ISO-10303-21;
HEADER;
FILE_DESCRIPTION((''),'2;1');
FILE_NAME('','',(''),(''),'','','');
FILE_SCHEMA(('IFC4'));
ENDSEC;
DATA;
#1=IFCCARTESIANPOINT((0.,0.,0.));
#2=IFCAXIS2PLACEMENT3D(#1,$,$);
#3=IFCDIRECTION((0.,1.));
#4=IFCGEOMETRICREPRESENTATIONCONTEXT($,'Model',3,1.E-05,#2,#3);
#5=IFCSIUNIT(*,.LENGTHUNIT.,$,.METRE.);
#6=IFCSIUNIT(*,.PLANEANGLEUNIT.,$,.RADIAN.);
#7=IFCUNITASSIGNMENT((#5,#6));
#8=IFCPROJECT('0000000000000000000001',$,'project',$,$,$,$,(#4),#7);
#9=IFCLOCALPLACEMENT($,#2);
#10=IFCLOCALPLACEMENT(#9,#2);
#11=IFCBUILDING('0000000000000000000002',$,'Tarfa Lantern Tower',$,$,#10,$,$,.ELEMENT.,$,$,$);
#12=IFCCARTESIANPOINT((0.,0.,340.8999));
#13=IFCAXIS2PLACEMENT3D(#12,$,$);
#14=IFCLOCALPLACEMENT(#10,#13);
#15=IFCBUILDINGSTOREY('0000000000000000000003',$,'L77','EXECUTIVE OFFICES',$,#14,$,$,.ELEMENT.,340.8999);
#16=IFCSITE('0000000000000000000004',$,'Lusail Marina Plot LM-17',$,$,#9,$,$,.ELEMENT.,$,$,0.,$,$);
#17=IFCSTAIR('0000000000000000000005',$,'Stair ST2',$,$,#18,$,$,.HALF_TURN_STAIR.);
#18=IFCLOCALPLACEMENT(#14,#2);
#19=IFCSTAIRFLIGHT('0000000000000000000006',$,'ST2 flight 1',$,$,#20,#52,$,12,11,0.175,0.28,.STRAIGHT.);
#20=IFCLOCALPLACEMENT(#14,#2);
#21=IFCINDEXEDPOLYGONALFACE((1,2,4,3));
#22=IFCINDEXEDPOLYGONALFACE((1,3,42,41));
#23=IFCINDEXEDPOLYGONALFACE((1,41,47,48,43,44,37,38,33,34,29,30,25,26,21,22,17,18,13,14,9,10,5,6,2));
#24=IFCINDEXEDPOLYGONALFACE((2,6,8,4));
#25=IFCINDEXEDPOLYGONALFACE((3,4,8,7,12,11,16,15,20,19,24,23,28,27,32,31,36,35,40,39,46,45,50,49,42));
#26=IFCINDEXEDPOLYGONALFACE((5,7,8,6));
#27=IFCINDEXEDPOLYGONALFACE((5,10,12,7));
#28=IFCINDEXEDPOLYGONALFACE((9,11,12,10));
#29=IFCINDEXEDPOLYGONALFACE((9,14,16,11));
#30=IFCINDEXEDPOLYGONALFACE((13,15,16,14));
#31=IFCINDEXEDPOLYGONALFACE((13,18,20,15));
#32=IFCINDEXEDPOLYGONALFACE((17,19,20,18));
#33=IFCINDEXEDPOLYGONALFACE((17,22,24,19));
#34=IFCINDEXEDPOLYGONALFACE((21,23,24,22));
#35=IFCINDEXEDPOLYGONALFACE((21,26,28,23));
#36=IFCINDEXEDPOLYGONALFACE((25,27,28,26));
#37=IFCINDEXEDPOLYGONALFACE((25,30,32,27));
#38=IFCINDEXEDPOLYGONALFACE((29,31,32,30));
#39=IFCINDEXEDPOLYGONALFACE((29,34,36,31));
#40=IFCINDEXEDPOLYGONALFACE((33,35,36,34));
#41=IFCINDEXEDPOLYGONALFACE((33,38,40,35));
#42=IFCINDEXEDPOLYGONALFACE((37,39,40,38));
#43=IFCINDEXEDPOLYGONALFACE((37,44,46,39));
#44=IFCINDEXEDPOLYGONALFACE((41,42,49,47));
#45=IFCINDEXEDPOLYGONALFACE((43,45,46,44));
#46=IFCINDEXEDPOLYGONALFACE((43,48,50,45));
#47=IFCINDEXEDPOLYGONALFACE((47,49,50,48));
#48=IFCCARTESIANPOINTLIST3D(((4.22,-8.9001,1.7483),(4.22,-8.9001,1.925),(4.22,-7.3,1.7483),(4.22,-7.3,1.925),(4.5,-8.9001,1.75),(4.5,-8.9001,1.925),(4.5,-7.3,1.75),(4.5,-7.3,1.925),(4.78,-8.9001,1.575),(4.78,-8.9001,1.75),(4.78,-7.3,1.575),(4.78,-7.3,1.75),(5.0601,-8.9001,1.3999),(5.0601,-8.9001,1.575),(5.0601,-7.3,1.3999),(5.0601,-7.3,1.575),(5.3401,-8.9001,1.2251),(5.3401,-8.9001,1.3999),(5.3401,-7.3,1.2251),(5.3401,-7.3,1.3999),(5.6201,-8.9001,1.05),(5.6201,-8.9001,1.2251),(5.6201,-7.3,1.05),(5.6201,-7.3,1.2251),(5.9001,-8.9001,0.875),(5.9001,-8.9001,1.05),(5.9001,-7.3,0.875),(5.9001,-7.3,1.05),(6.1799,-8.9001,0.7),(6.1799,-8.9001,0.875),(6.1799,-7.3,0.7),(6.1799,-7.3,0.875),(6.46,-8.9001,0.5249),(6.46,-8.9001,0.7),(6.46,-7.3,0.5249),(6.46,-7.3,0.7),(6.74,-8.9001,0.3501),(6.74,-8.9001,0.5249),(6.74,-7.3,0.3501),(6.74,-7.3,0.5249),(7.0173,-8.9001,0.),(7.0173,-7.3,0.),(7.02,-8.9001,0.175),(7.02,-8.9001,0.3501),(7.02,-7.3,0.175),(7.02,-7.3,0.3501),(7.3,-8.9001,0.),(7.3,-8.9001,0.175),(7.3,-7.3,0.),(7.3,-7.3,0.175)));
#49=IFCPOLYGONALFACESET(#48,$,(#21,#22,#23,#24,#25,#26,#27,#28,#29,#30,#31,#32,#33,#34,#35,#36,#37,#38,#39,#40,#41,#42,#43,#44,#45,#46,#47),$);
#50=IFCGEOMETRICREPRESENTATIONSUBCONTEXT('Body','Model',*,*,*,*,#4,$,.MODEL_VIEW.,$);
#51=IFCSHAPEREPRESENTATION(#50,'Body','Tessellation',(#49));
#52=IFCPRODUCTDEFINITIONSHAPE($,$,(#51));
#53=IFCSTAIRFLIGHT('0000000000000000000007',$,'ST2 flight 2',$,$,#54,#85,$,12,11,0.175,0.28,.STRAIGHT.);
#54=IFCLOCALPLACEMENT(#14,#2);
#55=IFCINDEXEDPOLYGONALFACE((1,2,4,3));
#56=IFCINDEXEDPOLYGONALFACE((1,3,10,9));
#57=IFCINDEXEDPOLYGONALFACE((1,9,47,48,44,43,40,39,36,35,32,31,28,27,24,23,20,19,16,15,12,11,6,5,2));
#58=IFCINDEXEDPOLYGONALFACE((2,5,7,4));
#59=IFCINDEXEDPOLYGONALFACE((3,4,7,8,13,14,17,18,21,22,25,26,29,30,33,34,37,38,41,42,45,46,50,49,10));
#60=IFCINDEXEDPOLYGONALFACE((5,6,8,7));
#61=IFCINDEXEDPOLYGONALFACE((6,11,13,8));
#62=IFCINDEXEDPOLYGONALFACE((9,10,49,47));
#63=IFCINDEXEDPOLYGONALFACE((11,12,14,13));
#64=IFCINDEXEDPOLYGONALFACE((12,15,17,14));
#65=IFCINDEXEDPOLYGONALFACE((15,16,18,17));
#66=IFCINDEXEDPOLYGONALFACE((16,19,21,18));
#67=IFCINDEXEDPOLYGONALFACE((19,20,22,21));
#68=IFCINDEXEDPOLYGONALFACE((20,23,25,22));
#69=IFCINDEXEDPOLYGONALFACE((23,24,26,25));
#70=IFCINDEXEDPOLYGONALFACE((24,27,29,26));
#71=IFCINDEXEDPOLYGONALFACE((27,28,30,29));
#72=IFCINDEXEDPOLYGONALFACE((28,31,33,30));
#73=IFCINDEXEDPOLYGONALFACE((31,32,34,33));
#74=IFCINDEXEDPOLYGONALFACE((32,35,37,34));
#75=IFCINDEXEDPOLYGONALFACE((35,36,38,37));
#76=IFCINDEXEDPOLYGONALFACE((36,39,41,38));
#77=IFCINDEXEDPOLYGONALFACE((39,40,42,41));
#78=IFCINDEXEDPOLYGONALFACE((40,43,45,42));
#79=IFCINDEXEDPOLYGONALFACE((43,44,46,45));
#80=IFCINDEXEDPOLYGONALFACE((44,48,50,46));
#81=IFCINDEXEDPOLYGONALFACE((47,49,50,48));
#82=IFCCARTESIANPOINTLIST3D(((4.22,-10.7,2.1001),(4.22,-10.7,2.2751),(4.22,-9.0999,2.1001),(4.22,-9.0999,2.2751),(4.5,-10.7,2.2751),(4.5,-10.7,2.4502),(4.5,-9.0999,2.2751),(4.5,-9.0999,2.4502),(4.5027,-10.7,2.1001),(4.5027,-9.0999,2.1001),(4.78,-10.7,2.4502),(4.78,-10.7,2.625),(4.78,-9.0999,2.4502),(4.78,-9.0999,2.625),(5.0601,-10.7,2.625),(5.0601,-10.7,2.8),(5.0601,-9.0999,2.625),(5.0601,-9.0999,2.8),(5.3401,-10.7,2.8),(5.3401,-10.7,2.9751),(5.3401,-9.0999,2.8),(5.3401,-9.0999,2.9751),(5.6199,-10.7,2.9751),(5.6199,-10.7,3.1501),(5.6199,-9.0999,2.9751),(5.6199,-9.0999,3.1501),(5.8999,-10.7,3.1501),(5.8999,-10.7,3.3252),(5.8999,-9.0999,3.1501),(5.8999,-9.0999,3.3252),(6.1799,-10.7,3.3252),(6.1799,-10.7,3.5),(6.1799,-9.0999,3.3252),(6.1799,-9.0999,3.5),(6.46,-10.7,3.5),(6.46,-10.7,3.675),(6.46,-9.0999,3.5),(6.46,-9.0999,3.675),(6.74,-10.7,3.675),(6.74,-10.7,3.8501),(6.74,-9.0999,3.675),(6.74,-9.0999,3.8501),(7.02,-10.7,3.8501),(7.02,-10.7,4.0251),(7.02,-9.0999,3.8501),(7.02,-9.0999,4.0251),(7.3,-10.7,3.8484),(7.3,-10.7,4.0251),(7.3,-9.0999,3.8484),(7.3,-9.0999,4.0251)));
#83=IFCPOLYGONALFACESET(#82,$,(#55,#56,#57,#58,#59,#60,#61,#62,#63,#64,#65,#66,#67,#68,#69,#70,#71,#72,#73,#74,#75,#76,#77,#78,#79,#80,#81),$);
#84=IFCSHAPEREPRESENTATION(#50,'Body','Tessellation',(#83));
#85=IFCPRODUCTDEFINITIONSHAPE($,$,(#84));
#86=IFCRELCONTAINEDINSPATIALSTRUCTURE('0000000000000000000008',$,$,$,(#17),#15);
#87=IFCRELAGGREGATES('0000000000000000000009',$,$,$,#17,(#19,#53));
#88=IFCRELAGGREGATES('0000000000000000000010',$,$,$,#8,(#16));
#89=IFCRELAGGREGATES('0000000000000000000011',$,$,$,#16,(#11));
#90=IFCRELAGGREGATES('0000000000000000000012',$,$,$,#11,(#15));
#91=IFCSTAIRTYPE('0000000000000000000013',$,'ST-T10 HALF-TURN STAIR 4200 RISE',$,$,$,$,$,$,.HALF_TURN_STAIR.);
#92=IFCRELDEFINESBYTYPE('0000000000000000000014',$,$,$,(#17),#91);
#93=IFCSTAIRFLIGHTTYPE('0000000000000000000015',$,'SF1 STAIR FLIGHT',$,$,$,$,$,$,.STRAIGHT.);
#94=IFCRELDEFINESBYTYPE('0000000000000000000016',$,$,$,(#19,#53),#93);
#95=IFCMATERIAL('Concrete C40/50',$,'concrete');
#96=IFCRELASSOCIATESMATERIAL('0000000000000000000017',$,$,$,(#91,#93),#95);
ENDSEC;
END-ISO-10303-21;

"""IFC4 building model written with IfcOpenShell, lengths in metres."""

from ifc_helpers import new_model, si_unit, direction, frame, origin, place, context, subcontext, project, spatial, polyline, outline, extrude, material, type_object, element, aggregate, save


model = new_model("IFC4")

# Units and contexts
model_context = context("Model", 3, precision=1e-05, world=origin(), true_north=direction((0.0, 1.0)))
body_context = subcontext(model_context, "Body", "Model", "MODEL_VIEW")
ifc_project = project(units=[si_unit("LENGTHUNIT", "METRE"), si_unit("PLANEANGLEUNIT", "RADIAN")], contexts=[model_context])

# Site, building, storey
site_placement = place(None, origin())
site = spatial("IfcSite", under=ifc_project, at=site_placement, Name="Lusail Marina Plot LM-17", CompositionType="ELEMENT", RefElevation=0.0)
building_placement = place(site_placement, origin())
building = spatial("IfcBuilding", under=site, at=building_placement, Name="Tarfa Lantern Tower", CompositionType="ELEMENT")
storey_placement = place(building_placement, frame((0.0, 0.0, 340.8999)))
storey = spatial("IfcBuildingStorey", under=building, at=storey_placement, Name="L77", Description="EXECUTIVE OFFICES", CompositionType="ELEMENT", Elevation=340.8999)

# Stair, stair flights
ifc_material_1 = material(Name="Concrete C40/50", Category="concrete")
stair_type = type_object("IfcStairType", Name="ST-T10 HALF-TURN STAIR 4200 RISE", PredefinedType="HALF_TURN_STAIR", material=ifc_material_1)
stair_placement = place(storey_placement, origin())
stair = element("IfcStair", 1, at=stair_placement, inside=storey, type_object=stair_type, Name="Stair ST2", PredefinedType="HALF_TURN_STAIR")
stair_flight_type = type_object("IfcStairFlightType", Name="SF1 STAIR FLIGHT", PredefinedType="STRAIGHT", material=ifc_material_1)
stair_flight_1_placement = place(storey_placement, frame((7.3, -8.1001, 0.0), z_axis=(0.0, 0.0, 1.0), x_axis=(-1.0, 0.0, 0.0)))
stair_flight_1 = element("IfcStairFlight", 2, at=stair_flight_1_placement, type_object=stair_flight_type, Name="ST2 flight 1", NumberOfRisers=12, NumberOfTreads=11, PredefinedType="STRAIGHT", RiserHeight=0.175, TreadLength=0.28, context=body_context, shape_type="SweptSolid", body=[
    extrude(outline(polyline([(0.0, 0.0), (0.0, 0.175), (0.28, 0.175), (0.28, 0.3501), (0.5601, 0.3501), (0.5601, 0.5249), (0.8401, 0.5249), (0.8401, 0.7), (1.1201, 0.7), (1.1201, 0.875), (1.3999, 0.875), (1.3999, 1.05), (1.6799, 1.05), (1.6799, 1.2251), (1.96, 1.2251), (1.96, 1.3999), (2.24, 1.3999), (2.24, 1.575), (2.52, 1.575), (2.52, 1.75), (2.8, 1.75), (2.8, 1.925), (3.0801, 1.925), (3.0801, 2.1001), (3.0801, 1.7483), (0.2827, 0.0), (0.0, 0.0)])), frame((0.0, 0.8, 0.0), z_axis=(0.0, -1.0, 0.0), x_axis=(1.0, 0.0, 0.0)), (0.0, 0.0, 1.0), 1.6001),
])
stair_flight_2_placement = place(storey_placement, frame((4.22, -9.8999, 2.1001), z_axis=(0.0, 0.0, 1.0), x_axis=(1.0, 0.0, 0.0)))
stair_flight_2 = element("IfcStairFlight", 3, at=stair_flight_2_placement, type_object=stair_flight_type, Name="ST2 flight 2", NumberOfRisers=12, NumberOfTreads=11, PredefinedType="STRAIGHT", RiserHeight=0.175, TreadLength=0.28, context=body_context, shape_type="SweptSolid", body=[
    extrude(outline(polyline([(0.0, 0.0), (0.0, 0.175), (0.28, 0.175), (0.28, 0.3501), (0.5601, 0.3501), (0.5601, 0.5249), (0.8401, 0.5249), (0.8401, 0.7), (1.1201, 0.7), (1.1201, 0.875), (1.3999, 0.875), (1.3999, 1.05), (1.6799, 1.05), (1.6799, 1.2251), (1.96, 1.2251), (1.96, 1.3999), (2.24, 1.3999), (2.24, 1.575), (2.52, 1.575), (2.52, 1.75), (2.8, 1.75), (2.8, 1.925), (3.0801, 1.925), (3.0801, 2.1001), (3.0801, 1.7483), (0.2827, 0.0), (0.0, 0.0)])), frame((0.0, 0.8, 0.0), z_axis=(0.0, -1.0, 0.0), x_axis=(1.0, 0.0, 0.0)), (0.0, 0.0, 1.0), 1.6001),
])
aggregate(stair, [stair_flight_1, stair_flight_2])

save(model, "model.ifc")
